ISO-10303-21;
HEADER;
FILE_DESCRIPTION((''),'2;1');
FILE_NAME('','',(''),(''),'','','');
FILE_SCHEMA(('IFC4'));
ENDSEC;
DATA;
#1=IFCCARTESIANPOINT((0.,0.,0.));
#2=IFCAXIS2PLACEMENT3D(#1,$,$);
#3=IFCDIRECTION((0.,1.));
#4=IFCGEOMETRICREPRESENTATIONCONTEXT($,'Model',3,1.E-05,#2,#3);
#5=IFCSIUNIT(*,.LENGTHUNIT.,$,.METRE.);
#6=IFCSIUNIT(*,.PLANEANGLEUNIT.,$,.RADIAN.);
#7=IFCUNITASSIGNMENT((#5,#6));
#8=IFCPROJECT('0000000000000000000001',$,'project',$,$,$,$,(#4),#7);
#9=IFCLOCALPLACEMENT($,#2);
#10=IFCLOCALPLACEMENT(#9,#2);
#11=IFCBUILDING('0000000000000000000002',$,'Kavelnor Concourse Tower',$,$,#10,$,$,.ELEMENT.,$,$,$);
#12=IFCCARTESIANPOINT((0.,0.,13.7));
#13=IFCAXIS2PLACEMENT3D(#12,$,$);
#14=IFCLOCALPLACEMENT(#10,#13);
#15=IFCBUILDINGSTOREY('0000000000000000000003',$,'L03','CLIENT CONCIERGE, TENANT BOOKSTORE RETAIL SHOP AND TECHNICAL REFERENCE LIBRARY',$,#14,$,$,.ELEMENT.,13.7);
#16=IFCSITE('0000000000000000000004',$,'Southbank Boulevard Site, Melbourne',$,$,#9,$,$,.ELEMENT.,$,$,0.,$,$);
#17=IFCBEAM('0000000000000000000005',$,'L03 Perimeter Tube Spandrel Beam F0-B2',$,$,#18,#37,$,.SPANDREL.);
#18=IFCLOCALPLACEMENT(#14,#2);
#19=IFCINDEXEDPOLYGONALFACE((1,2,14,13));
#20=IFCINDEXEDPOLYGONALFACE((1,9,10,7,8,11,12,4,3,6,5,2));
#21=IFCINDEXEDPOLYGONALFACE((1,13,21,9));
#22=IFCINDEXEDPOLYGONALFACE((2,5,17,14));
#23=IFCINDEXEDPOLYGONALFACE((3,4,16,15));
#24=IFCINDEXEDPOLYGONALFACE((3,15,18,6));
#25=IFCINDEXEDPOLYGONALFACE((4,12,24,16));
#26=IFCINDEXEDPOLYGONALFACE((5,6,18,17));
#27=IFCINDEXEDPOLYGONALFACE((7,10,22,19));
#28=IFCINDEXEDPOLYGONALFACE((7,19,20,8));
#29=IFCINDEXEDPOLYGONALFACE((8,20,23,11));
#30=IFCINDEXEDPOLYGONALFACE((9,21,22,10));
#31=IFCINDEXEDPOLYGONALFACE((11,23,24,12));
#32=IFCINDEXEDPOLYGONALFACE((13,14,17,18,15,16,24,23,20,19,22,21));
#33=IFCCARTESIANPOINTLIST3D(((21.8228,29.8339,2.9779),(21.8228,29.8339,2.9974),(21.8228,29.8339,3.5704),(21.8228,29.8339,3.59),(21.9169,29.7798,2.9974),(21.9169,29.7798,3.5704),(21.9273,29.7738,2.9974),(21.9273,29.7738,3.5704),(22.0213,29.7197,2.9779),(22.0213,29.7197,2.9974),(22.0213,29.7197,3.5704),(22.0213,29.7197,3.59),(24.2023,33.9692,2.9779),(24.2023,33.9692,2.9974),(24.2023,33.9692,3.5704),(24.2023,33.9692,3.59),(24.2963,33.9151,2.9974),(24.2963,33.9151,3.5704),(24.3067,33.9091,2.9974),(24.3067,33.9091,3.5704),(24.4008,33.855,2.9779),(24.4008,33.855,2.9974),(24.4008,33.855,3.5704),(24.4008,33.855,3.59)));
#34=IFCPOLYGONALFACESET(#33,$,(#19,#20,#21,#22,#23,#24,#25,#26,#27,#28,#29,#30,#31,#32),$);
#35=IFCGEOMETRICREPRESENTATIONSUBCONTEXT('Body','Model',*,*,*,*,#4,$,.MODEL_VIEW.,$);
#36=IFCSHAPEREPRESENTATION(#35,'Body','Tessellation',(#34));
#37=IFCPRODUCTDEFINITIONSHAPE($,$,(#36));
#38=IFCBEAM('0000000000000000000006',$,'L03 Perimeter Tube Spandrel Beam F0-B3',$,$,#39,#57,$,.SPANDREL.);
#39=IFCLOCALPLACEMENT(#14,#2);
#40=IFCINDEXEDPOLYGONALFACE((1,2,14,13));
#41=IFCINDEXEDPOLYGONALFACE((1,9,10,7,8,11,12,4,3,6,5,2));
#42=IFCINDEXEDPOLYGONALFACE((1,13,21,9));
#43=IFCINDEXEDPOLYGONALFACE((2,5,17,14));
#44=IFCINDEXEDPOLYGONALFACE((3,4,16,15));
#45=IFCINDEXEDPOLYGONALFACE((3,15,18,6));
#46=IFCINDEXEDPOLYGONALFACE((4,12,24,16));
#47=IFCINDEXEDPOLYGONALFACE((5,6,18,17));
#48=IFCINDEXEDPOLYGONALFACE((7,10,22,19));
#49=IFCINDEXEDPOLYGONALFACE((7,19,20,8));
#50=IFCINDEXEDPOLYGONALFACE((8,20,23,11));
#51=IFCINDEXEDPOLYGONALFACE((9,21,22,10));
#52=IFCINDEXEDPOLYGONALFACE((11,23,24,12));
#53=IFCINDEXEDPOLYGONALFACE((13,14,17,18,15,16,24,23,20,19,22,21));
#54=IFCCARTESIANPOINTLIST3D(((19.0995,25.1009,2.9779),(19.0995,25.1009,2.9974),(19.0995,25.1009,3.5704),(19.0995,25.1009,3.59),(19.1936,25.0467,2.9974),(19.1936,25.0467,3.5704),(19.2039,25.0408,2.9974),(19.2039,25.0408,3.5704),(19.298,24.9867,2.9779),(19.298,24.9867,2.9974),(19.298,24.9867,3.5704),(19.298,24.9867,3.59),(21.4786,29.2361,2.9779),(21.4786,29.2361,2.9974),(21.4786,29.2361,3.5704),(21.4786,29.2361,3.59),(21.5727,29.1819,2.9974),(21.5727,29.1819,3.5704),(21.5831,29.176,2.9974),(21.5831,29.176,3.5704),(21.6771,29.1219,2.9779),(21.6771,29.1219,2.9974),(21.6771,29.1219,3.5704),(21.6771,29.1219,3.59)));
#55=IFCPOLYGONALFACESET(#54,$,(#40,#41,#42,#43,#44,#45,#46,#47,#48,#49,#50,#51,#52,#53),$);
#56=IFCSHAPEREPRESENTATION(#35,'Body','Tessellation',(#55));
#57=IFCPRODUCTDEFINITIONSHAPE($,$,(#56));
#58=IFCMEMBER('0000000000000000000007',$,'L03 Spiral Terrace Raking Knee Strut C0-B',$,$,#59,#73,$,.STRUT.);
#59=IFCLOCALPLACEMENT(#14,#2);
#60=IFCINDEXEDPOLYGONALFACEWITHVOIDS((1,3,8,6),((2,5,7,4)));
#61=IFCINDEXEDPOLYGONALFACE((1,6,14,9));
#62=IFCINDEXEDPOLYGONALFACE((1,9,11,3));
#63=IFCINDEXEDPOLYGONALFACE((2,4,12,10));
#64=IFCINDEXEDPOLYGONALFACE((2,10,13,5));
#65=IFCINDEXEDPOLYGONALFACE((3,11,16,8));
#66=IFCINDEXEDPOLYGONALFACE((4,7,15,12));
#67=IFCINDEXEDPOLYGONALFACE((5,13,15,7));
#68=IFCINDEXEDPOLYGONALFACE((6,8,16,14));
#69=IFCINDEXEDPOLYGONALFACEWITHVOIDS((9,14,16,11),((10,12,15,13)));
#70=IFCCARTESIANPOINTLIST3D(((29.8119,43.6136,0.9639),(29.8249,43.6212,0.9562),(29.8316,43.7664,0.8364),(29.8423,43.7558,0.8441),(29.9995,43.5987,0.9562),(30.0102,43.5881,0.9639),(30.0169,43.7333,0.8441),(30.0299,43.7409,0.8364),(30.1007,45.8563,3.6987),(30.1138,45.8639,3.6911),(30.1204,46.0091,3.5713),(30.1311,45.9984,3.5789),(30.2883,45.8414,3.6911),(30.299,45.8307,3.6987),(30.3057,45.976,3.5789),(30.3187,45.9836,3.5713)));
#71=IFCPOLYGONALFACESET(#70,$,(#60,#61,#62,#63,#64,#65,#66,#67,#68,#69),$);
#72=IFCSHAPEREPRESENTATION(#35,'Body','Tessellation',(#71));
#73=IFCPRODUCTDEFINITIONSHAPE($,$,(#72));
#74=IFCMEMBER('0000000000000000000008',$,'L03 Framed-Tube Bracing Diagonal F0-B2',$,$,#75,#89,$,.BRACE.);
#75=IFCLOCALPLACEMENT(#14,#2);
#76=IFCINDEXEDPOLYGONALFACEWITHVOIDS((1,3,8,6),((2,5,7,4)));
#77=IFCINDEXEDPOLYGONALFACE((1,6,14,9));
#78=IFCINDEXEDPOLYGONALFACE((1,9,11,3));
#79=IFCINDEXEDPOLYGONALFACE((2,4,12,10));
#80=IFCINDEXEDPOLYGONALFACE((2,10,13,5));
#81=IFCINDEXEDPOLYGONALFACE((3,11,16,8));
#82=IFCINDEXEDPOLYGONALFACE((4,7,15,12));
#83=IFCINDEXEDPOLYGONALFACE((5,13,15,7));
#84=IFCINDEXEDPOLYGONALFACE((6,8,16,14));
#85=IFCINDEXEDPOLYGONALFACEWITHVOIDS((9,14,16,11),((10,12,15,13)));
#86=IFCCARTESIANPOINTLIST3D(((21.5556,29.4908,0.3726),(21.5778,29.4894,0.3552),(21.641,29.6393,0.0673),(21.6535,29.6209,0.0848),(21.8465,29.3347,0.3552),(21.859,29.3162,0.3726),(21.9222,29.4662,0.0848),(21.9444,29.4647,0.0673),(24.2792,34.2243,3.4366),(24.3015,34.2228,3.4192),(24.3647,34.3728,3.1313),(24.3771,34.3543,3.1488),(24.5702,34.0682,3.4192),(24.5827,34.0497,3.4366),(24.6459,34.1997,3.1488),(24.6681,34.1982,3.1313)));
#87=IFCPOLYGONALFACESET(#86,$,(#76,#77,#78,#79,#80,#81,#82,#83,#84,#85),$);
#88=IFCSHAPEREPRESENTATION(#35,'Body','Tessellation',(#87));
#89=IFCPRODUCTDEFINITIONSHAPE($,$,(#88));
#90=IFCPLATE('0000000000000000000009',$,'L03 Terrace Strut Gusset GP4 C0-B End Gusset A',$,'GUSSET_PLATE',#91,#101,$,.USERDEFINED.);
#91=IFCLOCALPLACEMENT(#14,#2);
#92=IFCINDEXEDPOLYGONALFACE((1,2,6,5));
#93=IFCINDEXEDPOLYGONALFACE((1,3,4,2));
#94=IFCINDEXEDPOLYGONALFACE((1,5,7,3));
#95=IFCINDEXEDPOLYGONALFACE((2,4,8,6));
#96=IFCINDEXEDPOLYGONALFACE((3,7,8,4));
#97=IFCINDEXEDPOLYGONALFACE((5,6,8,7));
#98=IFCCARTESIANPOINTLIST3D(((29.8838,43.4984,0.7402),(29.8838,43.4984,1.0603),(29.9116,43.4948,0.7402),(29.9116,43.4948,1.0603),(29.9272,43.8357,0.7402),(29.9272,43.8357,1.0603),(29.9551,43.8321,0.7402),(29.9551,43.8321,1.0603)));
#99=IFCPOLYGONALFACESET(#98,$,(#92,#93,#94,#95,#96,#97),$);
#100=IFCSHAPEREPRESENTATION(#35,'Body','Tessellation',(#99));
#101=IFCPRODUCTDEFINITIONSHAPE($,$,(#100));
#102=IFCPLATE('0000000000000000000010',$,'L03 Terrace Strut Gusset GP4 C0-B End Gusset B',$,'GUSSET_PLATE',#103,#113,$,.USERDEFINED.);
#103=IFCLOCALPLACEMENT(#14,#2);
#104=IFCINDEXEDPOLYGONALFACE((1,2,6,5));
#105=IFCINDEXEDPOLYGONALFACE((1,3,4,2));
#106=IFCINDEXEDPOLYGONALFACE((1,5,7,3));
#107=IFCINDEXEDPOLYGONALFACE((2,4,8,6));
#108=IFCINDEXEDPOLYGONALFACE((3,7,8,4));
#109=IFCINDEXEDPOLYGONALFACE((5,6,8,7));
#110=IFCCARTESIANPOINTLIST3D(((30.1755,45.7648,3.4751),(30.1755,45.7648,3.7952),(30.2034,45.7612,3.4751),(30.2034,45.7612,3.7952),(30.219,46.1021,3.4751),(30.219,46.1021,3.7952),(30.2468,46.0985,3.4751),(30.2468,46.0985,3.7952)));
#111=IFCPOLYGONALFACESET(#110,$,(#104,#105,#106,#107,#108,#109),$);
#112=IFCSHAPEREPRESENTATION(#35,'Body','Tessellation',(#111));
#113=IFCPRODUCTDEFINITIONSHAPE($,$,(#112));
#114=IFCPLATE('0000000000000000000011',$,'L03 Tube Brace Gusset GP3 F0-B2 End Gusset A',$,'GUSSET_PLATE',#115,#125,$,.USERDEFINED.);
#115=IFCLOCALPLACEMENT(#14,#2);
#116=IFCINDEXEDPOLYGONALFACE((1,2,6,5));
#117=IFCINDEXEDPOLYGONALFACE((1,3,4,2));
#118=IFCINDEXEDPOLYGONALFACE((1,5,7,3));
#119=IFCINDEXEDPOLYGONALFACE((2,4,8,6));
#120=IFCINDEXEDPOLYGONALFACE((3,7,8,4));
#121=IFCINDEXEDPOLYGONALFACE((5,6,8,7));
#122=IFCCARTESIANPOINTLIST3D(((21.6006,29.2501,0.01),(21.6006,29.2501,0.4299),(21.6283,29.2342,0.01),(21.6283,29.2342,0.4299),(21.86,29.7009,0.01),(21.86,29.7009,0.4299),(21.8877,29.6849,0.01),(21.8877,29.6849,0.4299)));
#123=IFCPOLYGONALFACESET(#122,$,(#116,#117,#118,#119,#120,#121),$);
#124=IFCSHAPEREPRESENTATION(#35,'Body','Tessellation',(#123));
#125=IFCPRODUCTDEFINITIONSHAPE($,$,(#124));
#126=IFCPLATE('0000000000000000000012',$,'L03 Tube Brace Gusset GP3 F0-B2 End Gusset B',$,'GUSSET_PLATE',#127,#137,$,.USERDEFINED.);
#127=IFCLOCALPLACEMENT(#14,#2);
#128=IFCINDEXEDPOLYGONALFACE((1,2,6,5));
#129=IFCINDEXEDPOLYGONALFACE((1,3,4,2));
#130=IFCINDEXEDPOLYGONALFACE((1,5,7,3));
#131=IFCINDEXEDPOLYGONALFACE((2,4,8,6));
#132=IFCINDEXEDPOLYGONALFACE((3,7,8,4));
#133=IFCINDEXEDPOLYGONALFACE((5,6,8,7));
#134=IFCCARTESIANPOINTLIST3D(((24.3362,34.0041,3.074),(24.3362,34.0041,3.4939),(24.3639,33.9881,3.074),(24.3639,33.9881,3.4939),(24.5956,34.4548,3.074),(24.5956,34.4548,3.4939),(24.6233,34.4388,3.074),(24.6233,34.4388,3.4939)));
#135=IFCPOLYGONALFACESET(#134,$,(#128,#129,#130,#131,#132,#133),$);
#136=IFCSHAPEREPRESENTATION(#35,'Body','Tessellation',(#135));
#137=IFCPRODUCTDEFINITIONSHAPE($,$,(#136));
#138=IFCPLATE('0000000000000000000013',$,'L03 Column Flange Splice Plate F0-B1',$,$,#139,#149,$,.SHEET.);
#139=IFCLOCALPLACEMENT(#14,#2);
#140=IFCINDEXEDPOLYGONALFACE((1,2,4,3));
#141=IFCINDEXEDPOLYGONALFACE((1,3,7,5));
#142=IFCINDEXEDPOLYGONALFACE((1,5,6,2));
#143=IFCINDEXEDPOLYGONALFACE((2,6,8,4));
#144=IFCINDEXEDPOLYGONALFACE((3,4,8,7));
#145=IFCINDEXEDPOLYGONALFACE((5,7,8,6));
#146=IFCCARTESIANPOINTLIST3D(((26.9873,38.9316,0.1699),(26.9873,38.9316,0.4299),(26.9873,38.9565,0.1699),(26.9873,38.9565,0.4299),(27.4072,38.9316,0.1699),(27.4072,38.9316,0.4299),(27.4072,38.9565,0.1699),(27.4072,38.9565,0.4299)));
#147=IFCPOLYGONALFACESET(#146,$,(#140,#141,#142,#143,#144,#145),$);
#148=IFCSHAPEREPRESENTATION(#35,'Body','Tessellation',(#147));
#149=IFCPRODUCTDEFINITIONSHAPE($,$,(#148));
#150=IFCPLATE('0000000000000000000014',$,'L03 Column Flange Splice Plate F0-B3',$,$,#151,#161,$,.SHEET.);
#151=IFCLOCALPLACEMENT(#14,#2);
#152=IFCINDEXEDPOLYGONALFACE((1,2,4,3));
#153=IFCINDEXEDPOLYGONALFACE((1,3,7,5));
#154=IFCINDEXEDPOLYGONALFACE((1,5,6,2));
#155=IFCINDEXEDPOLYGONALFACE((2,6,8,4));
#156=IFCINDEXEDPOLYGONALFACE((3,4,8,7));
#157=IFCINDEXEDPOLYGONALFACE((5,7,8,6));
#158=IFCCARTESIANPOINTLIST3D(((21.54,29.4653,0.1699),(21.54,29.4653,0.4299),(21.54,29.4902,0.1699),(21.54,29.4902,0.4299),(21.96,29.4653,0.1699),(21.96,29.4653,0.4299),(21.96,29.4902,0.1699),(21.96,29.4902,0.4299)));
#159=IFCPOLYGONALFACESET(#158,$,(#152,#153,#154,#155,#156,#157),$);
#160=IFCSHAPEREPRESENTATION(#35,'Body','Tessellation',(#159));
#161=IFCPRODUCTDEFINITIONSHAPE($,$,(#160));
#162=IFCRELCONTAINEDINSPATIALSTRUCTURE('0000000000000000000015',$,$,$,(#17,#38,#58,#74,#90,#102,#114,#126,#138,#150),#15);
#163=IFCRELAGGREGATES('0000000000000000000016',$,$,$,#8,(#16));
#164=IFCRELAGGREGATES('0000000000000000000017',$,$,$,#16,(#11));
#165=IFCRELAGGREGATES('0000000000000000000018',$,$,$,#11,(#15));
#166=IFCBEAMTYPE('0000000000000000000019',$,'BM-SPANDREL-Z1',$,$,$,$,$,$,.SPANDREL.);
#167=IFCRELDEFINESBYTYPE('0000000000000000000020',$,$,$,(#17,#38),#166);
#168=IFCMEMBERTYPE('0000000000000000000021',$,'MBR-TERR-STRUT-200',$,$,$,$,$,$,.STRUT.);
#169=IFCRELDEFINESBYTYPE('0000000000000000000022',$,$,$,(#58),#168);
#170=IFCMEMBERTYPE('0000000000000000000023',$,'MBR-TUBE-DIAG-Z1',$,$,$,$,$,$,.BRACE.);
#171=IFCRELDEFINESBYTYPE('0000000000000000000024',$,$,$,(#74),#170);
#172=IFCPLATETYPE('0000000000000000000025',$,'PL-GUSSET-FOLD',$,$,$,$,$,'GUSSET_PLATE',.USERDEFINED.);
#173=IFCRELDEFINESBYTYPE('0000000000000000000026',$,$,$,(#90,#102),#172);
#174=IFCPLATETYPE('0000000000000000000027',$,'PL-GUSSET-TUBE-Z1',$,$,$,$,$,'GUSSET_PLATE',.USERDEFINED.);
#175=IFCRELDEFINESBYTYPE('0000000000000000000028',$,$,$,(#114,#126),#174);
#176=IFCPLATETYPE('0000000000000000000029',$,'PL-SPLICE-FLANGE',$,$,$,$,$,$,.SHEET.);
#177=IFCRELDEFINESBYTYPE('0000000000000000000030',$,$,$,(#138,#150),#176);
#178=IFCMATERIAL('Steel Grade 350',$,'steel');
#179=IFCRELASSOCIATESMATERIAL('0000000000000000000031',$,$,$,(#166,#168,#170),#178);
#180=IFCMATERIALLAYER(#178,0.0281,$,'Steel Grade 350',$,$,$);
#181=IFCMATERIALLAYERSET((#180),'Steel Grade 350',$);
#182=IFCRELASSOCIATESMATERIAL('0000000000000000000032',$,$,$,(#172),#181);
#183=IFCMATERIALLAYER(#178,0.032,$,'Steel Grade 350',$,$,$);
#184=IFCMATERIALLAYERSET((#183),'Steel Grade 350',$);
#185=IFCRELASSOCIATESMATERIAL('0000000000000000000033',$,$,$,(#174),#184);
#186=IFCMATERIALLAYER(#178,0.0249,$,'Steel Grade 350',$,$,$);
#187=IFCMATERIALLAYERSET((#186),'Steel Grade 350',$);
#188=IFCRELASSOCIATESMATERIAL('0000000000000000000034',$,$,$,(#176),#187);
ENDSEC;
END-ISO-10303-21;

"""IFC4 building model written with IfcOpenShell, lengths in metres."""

from ifc_helpers import new_model, si_unit, direction, frame, origin, origin_2d, place, context, subcontext, project, spatial, rectangle, hollow_rectangle, i_section, extrude, material, layer, layer_set, material_profile, profile_set, type_object, element, save


model = new_model("IFC4")

# Units and contexts
model_context = context("Model", 3, precision=1e-05, world=origin(), true_north=direction((0.0, 1.0)))
body_context = subcontext(model_context, "Body", "Model", "MODEL_VIEW")
ifc_project = project(units=[si_unit("LENGTHUNIT", "METRE"), si_unit("PLANEANGLEUNIT", "RADIAN")], contexts=[model_context])

# Site, building, storey
site_placement = place(None, origin())
site = spatial("IfcSite", under=ifc_project, at=site_placement, Name="Southbank Boulevard Site, Melbourne", CompositionType="ELEMENT", RefElevation=0.0)
building_placement = place(site_placement, origin())
building = spatial("IfcBuilding", under=site, at=building_placement, Name="Kavelnor Concourse Tower", CompositionType="ELEMENT")
storey_placement = place(building_placement, frame((0.0, 0.0, 13.7)))
storey = spatial("IfcBuildingStorey", under=building, at=storey_placement, Name="L03", Description="CLIENT CONCIERGE, TENANT BOOKSTORE RETAIL SHOP AND TECHNICAL REFERENCE LIBRARY", CompositionType="ELEMENT", Elevation=13.7)

# Shared definitions
ifc_material_1 = material(Name="Steel Grade 350", Category="steel")

# Beams
ifc_material_profile_1 = material_profile(ifc_material_1, i_section(OverallWidth=0.229, OverallDepth=0.6121, WebThickness=0.012, FlangeThickness=0.0195, at=origin_2d()), Name="610UB125")
ifc_profile_set_1 = profile_set([ifc_material_profile_1], Name="Steel Grade 350")
beam_type_1 = type_object("IfcBeamType", Name="BM-SPANDREL-Z1", PredefinedType="SPANDREL", material=ifc_profile_set_1)
for number, where, z_axis, x_axis, name in (
    (1, (24.3015, 33.9121, 3.2839), (-0.498727, -0.866759, 0.0), (0.866759, -0.498727, 0.0), "L03 Perimeter Tube Spandrel Beam F0-B2"),
):
    element("IfcBeam", number, at=place(storey_placement, frame(where, z_axis=z_axis, x_axis=x_axis)), inside=storey, type_object=beam_type_1, Name=name, PredefinedType="SPANDREL", context=body_context, shape_type="SweptSolid", body=[
        extrude(i_section(OverallWidth=0.229, OverallDepth=0.6121, WebThickness=0.012, FlangeThickness=0.0195, at=origin_2d()), origin(), (0.0, 0.0, 1.0), 4.771),
    ])
beam_1_placement = place(storey_placement, frame((21.5779, 29.179, 3.2839), z_axis=(-0.498688, -0.866781, 0.0), x_axis=(0.866781, -0.498688, 0.0)))
element("IfcBeam", 2, at=beam_1_placement, inside=storey, type_object=beam_type_1, Name="L03 Perimeter Tube Spandrel Beam F0-B3", PredefinedType="SPANDREL", context=body_context, shape_type="SweptSolid", body=[
    extrude(i_section(OverallWidth=0.229, OverallDepth=0.6121, WebThickness=0.012, FlangeThickness=0.0195, at=origin_2d()), origin(), (0.0, 0.0, 1.0), 4.7708),
])

# Members
ifc_material_profile_2 = material_profile(ifc_material_1, hollow_rectangle(XDim=0.2, YDim=0.2, WallThickness=0.012, at=origin_2d()), Name="SHS 200x200x12")
ifc_profile_set_2 = profile_set([ifc_material_profile_2], Name="Steel Grade 350")
member_type_1 = type_object("IfcMemberType", Name="MBR-TERR-STRUT-200", PredefinedType="STRUT", material=ifc_profile_set_2)
member_1_placement = place(storey_placement, frame((29.9209, 43.6772, 0.9001), z_axis=(0.08139, 0.631991, 0.77069), x_axis=(-0.991809, 0.127728, 0.0)))
element("IfcMember", 3, at=member_1_placement, inside=storey, type_object=member_type_1, Name="L03 Spiral Terrace Raking Knee Strut C0-B", PredefinedType="STRUT", context=body_context, shape_type="SweptSolid", body=[
    extrude(hollow_rectangle(XDim=0.2, YDim=0.2, WallThickness=0.012, at=origin_2d()), origin(), (0.0, 0.0, 1.0), 3.5486),
])
ifc_material_profile_3 = material_profile(ifc_material_1, hollow_rectangle(XDim=0.3501, YDim=0.3501, WallThickness=0.02, at=origin_2d()), Name="SHS 350x350x20")
ifc_profile_set_3 = profile_set([ifc_material_profile_3], Name="Steel Grade 350")
member_type_2 = type_object("IfcMemberType", Name="MBR-TUBE-DIAG-Z1", PredefinedType="BRACE", material=ifc_profile_set_3)
member_2_placement = place(storey_placement, frame((21.75, 29.4778, 0.22), z_axis=(0.434955, 0.755907, 0.489304), x_axis=(-0.866754, 0.498737, 0.0)))
element("IfcMember", 4, at=member_2_placement, inside=storey, type_object=member_type_2, Name="L03 Framed-Tube Bracing Diagonal F0-B2", PredefinedType="BRACE", context=body_context, shape_type="SweptSolid", body=[
    extrude(hollow_rectangle(XDim=0.3501, YDim=0.3501, WallThickness=0.02, at=origin_2d()), origin(), (0.0, 0.0, 1.0), 6.262),
])

# Plates
ifc_layer_1 = layer(ifc_material_1, 0.0281, Name="Steel Grade 350")
ifc_layer_set_1 = layer_set([ifc_layer_1], Name="Steel Grade 350")
plate_type_1 = type_object("IfcPlateType", Name="PL-GUSSET-FOLD", ElementType="GUSSET_PLATE", PredefinedType="USERDEFINED", material=ifc_layer_set_1)
for number, where, z_axis, x_axis, name in (
    (5, (29.9194, 43.6653, 0.7402), (0.0, 0.0, 1.0), (0.127757, 0.991805, 0.0), "L03 Terrace Strut Gusset GP4 C0-B End Gusset A"),
    (6, (30.2112, 45.9316, 3.4751), (0.0, 0.0, 1.0), (0.127757, 0.991805, 0.0), "L03 Terrace Strut Gusset GP4 C0-B End Gusset B"),
):
    element("IfcPlate", number, at=place(storey_placement, frame(where, z_axis=z_axis, x_axis=x_axis)), inside=storey, type_object=plate_type_1, Name=name, ObjectType="GUSSET_PLATE", PredefinedType="USERDEFINED", context=body_context, shape_type="SweptSolid", body=[
        extrude(rectangle(XDim=0.3401, YDim=0.0281, at=origin_2d()), origin(), (0.0, 0.0, 1.0), 0.3201),
    ])
ifc_layer_2 = layer(ifc_material_1, 0.032, Name="Steel Grade 350")
ifc_layer_set_2 = layer_set([ifc_layer_2], Name="Steel Grade 350")
plate_type_2 = type_object("IfcPlateType", Name="PL-GUSSET-TUBE-Z1", ElementType="GUSSET_PLATE", PredefinedType="USERDEFINED", material=ifc_layer_set_2)
for number, where, z_axis, x_axis, name in (
    (7, (21.7441, 29.4675, 0.01), (0.0, 0.0, 1.0), (0.49879, 0.866723, 0.0), "L03 Tube Brace Gusset GP3 F0-B2 End Gusset A"),
    (8, (24.4797, 34.2214, 3.074), (0.0, 0.0, 1.0), (0.49879, 0.866723, 0.0), "L03 Tube Brace Gusset GP3 F0-B2 End Gusset B"),
):
    element("IfcPlate", number, at=place(storey_placement, frame(where, z_axis=z_axis, x_axis=x_axis)), inside=storey, type_object=plate_type_2, Name=name, ObjectType="GUSSET_PLATE", PredefinedType="USERDEFINED", context=body_context, shape_type="SweptSolid", body=[
        extrude(rectangle(XDim=0.52, YDim=0.032, at=origin_2d()), origin(), (0.0, 0.0, 1.0), 0.4199),
    ])
ifc_layer_3 = layer(ifc_material_1, 0.0249, Name="Steel Grade 350")
ifc_layer_set_3 = layer_set([ifc_layer_3], Name="Steel Grade 350")
plate_type_3 = type_object("IfcPlateType", Name="PL-SPLICE-FLANGE", PredefinedType="SHEET", material=ifc_layer_set_3)
for number, where, z_axis, x_axis, name in (
    (9, (27.1973, 38.9441, 0.1699), (0.0, 0.0, 1.0), (1.0, 0.0, 0.0), "L03 Column Flange Splice Plate F0-B1"),
    (10, (21.75, 29.4778, 0.1699), (0.0, 0.0, 1.0), (1.0, 0.0, 0.0), "L03 Column Flange Splice Plate F0-B3"),
):
    element("IfcPlate", number, at=place(storey_placement, frame(where, z_axis=z_axis, x_axis=x_axis)), inside=storey, type_object=plate_type_3, Name=name, PredefinedType="SHEET", context=body_context, shape_type="SweptSolid", body=[
        extrude(rectangle(XDim=0.4199, YDim=0.0249, at=origin_2d()), origin(), (0.0, 0.0, 1.0), 0.26),
    ])

save(model, "model.ifc")
